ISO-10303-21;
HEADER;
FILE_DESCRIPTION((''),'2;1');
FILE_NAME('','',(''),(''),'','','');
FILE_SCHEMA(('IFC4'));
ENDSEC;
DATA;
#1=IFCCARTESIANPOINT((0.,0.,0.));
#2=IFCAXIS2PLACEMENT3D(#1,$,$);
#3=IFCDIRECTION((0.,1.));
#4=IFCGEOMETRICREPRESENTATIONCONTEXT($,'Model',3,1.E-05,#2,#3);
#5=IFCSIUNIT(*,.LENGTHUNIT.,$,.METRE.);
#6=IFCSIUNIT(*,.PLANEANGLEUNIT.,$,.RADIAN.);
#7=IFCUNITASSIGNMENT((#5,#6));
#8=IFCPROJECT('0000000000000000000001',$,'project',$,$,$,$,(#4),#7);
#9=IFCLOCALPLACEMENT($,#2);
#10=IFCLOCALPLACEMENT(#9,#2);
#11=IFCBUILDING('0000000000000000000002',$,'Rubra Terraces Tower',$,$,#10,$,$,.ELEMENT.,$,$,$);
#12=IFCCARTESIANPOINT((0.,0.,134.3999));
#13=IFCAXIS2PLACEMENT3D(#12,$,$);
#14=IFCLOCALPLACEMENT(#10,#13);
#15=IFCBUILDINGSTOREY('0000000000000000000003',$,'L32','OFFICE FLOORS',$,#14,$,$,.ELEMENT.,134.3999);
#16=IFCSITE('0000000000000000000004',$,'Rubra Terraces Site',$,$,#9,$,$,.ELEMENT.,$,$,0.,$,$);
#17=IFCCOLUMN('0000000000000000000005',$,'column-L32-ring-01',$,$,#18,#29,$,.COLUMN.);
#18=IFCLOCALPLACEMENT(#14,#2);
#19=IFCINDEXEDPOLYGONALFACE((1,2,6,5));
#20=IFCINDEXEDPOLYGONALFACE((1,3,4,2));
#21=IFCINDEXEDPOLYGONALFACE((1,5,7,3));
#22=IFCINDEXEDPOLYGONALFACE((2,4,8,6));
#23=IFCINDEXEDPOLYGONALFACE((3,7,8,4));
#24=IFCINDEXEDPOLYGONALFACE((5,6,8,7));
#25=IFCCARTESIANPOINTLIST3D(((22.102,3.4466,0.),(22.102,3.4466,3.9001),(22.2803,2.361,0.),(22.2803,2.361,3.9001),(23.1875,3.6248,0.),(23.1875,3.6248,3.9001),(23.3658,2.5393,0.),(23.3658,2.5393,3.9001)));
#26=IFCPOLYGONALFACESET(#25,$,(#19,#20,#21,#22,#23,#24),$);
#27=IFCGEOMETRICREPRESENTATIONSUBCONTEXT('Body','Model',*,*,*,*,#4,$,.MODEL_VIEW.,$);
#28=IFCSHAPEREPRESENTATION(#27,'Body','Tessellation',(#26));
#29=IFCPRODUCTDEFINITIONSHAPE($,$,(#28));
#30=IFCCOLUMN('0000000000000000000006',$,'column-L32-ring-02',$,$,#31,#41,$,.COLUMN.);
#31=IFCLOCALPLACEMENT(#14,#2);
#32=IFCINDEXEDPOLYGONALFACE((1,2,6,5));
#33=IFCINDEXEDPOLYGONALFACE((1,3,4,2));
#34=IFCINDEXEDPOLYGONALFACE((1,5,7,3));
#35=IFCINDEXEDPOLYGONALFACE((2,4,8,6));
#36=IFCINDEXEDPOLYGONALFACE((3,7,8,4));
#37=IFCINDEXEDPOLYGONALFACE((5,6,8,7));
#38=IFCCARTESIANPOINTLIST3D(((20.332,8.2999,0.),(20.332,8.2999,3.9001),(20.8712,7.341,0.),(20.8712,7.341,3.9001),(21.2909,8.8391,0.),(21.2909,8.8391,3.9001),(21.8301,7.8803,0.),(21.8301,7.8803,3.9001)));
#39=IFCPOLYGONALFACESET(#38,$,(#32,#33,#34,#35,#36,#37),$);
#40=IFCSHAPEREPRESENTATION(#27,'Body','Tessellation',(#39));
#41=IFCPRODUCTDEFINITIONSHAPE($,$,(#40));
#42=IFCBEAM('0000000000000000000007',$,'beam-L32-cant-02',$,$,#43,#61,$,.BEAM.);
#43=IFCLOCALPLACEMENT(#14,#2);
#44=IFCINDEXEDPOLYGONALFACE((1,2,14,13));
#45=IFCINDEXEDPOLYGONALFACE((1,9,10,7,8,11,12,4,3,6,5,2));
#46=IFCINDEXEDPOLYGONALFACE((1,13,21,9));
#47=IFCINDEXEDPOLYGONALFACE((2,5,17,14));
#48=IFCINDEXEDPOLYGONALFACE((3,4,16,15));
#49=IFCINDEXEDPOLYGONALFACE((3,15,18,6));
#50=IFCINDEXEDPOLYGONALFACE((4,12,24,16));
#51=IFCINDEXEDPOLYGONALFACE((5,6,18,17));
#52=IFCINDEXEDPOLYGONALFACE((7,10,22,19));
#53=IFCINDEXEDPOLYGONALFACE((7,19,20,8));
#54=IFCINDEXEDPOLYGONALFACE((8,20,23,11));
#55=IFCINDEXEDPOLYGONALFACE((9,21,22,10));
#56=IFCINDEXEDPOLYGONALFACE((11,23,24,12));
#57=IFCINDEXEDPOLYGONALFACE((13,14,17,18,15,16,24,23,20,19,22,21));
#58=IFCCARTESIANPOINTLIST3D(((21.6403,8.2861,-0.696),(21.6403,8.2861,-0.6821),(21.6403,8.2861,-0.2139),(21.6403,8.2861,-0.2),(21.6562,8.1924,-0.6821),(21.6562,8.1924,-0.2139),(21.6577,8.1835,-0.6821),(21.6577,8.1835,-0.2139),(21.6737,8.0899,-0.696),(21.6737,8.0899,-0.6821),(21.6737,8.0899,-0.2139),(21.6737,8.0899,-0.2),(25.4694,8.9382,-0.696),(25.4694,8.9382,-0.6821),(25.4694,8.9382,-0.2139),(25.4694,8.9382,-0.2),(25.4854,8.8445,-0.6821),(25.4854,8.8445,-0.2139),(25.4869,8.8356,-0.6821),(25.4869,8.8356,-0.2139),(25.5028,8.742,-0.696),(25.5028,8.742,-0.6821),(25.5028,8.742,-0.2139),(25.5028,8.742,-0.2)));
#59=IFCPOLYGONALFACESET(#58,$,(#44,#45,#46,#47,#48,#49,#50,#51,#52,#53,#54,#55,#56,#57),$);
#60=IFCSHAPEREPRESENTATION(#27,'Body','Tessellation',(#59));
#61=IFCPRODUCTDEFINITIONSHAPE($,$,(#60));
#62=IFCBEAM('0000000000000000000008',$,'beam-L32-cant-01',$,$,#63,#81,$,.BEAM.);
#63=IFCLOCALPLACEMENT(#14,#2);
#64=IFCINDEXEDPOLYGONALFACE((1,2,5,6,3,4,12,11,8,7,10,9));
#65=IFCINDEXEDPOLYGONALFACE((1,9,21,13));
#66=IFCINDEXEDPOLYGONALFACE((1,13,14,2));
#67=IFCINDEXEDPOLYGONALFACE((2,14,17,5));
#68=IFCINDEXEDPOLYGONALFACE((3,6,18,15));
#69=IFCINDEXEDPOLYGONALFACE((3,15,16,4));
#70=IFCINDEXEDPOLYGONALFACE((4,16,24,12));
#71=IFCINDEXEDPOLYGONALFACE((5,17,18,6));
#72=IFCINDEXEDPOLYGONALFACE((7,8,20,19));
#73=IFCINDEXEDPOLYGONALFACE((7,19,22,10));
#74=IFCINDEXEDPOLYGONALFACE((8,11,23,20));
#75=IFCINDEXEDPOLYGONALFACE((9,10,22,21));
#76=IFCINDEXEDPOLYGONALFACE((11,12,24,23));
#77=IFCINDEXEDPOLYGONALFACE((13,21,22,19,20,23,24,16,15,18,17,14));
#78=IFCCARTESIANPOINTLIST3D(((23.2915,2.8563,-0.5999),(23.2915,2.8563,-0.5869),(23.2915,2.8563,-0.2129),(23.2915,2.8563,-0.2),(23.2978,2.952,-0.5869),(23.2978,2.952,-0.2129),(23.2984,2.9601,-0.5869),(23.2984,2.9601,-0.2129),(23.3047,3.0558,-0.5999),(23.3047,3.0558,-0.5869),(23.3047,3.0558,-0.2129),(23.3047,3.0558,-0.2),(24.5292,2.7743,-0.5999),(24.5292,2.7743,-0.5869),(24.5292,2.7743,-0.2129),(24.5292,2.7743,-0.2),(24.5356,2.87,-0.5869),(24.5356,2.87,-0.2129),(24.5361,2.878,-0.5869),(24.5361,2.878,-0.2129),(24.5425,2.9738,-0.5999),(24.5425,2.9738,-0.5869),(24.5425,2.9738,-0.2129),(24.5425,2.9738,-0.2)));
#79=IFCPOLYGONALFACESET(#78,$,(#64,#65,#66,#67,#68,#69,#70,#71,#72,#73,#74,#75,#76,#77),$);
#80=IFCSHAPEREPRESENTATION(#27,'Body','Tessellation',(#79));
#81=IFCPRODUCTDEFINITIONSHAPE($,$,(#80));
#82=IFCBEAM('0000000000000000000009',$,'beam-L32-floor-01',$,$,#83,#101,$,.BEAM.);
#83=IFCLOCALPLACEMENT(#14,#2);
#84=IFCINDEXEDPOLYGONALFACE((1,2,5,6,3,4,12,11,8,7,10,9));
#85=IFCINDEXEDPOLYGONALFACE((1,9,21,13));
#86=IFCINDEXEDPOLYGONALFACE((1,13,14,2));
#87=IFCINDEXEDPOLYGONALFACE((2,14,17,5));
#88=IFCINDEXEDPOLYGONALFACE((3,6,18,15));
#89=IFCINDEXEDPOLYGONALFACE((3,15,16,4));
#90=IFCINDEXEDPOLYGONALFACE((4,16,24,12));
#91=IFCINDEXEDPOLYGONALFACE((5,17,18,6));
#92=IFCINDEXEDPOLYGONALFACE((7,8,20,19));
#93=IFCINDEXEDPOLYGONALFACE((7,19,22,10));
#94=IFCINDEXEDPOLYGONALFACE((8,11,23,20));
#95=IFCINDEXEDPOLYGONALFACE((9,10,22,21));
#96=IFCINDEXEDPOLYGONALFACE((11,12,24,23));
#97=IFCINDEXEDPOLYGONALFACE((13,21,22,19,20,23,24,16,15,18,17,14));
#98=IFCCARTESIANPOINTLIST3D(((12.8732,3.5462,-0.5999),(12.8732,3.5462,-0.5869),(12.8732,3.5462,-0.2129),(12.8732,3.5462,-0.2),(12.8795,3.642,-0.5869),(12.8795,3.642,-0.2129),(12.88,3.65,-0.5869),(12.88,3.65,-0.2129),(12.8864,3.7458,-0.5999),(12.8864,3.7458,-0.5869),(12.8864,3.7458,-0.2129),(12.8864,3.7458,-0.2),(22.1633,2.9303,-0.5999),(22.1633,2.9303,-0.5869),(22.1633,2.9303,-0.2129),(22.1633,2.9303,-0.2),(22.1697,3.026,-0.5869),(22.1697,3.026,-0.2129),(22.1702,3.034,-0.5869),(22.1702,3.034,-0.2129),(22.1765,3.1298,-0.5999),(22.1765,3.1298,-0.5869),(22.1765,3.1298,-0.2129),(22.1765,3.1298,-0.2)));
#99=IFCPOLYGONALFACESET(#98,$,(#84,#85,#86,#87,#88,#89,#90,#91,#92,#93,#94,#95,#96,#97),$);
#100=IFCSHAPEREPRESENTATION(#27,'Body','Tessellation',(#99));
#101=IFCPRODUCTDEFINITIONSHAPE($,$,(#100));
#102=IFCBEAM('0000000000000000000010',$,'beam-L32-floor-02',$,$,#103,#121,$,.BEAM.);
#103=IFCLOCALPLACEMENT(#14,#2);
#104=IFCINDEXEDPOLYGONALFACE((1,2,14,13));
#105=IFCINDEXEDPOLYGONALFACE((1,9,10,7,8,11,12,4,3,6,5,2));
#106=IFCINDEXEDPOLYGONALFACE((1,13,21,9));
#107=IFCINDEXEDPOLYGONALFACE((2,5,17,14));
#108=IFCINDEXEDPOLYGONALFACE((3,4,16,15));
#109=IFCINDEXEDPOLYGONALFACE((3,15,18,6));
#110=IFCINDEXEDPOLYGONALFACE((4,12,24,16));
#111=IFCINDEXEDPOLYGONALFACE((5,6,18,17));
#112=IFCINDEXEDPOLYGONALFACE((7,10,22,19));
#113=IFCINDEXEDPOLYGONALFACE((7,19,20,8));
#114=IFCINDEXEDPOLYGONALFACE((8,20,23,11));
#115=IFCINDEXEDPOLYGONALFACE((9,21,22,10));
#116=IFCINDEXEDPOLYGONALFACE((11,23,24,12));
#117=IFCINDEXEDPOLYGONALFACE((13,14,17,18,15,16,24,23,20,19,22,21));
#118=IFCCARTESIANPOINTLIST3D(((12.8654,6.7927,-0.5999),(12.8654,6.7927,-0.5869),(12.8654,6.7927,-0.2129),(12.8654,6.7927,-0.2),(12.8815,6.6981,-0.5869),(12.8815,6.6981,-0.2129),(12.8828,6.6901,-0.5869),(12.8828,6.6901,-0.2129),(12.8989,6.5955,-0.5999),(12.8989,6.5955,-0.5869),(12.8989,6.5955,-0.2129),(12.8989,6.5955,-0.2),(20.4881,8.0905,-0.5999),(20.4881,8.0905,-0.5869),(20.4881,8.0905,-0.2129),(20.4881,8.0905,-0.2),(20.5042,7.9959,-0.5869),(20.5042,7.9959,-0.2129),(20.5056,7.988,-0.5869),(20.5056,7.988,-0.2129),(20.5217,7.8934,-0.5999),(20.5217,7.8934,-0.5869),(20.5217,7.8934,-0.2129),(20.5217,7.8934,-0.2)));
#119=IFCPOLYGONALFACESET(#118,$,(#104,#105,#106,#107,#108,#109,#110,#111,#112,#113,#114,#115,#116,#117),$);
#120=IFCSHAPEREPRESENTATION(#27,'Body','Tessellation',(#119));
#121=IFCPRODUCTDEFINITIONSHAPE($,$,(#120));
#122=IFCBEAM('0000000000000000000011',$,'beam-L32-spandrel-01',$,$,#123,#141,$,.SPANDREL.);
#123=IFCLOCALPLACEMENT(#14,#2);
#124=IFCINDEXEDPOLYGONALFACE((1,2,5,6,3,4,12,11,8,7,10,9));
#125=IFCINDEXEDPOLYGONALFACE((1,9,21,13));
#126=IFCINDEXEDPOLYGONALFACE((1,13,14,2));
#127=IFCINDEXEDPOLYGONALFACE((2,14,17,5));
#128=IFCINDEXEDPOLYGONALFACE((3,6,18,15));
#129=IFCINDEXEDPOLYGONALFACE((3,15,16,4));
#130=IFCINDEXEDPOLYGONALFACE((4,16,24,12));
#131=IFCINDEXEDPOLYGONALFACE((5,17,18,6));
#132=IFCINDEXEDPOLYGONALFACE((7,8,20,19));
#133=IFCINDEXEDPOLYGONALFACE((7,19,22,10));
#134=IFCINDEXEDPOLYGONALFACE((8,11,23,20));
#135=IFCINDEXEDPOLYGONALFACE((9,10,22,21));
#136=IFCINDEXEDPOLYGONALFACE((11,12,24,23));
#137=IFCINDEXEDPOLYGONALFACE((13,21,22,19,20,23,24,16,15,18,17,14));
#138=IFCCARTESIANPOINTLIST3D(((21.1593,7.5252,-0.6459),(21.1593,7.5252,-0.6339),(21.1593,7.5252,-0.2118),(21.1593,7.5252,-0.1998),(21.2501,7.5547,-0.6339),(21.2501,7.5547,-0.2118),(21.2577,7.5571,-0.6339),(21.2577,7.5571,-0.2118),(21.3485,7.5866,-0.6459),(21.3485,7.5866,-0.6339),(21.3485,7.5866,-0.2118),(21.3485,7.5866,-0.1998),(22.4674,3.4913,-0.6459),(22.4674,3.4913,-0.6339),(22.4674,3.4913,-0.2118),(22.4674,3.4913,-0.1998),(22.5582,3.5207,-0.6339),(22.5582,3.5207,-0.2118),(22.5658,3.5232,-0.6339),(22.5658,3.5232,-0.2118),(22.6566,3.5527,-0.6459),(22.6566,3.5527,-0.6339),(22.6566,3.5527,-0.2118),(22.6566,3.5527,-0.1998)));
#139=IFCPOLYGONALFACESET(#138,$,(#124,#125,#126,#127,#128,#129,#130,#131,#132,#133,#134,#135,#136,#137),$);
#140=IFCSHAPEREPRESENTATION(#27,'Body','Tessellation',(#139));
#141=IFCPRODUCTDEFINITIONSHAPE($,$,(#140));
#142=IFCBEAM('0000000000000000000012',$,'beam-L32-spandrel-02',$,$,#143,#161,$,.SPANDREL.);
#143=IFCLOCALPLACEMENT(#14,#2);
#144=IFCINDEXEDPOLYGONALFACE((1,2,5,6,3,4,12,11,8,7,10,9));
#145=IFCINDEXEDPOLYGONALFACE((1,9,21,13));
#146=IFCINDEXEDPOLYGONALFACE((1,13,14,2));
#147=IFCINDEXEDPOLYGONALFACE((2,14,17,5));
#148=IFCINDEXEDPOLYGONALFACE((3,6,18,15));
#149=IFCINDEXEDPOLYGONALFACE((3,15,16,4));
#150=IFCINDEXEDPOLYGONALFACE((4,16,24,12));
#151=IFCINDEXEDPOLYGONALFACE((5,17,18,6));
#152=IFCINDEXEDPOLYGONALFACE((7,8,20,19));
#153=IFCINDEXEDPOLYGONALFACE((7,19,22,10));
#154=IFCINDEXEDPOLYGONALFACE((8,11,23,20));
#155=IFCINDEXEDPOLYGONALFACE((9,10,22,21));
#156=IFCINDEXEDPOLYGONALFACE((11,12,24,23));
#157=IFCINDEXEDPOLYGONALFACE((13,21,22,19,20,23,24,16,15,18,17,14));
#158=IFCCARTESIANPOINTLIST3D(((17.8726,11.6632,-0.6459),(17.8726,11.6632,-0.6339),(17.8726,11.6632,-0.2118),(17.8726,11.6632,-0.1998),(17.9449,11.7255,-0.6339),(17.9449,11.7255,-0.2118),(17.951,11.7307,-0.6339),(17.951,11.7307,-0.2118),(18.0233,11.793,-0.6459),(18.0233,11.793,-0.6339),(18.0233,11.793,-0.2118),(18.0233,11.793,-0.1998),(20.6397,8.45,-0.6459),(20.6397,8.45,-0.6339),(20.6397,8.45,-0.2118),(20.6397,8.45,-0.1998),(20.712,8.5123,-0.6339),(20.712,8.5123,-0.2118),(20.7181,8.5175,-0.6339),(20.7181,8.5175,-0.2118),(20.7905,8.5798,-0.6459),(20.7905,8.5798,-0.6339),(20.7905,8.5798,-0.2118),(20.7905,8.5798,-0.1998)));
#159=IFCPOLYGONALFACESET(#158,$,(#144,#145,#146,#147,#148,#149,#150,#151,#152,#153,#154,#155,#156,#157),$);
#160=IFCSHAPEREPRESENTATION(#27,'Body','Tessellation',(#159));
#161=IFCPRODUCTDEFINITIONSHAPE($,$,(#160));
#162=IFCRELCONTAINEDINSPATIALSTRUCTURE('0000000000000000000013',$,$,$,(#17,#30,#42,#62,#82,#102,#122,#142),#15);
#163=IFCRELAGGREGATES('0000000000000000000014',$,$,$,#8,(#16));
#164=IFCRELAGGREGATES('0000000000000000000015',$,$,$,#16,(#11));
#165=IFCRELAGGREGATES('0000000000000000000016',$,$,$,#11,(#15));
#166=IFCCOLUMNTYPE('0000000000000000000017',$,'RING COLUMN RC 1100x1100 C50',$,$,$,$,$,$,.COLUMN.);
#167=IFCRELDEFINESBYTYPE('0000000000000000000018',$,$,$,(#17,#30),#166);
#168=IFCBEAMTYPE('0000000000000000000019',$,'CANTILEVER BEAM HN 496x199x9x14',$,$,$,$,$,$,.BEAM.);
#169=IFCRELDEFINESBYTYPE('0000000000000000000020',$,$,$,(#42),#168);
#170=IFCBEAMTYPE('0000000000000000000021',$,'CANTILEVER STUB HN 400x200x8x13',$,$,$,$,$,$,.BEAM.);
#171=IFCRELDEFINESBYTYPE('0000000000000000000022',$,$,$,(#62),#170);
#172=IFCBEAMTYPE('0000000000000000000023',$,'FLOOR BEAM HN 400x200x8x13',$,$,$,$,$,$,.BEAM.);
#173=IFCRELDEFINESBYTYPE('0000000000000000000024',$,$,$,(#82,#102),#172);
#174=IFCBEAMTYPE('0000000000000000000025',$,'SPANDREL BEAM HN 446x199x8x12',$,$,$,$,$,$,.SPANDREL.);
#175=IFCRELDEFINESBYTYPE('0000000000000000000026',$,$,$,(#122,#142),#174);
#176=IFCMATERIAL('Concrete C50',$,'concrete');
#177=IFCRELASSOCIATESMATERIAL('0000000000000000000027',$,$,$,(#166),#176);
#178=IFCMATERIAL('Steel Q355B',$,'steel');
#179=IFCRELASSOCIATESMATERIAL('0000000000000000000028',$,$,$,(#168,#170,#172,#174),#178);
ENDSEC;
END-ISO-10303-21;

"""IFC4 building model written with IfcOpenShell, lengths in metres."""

from ifc_helpers import new_model, si_unit, direction, frame, origin, origin_2d, place, context, subcontext, project, spatial, rectangle, i_section, extrude, material, material_profile, profile_set, type_object, element, save


model = new_model("IFC4")

# Units and contexts
model_context = context("Model", 3, precision=1e-05, world=origin(), true_north=direction((0.0, 1.0)))
body_context = subcontext(model_context, "Body", "Model", "MODEL_VIEW")
ifc_project = project(units=[si_unit("LENGTHUNIT", "METRE"), si_unit("PLANEANGLEUNIT", "RADIAN")], contexts=[model_context])

# Site, building, storey
site_placement = place(None, origin())
site = spatial("IfcSite", under=ifc_project, at=site_placement, Name="Rubra Terraces Site", CompositionType="ELEMENT", RefElevation=0.0)
building_placement = place(site_placement, origin())
building = spatial("IfcBuilding", under=site, at=building_placement, Name="Rubra Terraces Tower", CompositionType="ELEMENT")
storey_placement = place(building_placement, frame((0.0, 0.0, 134.3999)))
storey = spatial("IfcBuildingStorey", under=building, at=storey_placement, Name="L32", Description="OFFICE FLOORS", CompositionType="ELEMENT", Elevation=134.3999)

# Columns
ifc_material_1 = material(Name="Concrete C50", Category="concrete")
ifc_material_profile_1 = material_profile(ifc_material_1, rectangle(XDim=1.1001, YDim=1.1001, at=origin_2d()), Name="RC 1100x1100")
ifc_profile_set_1 = profile_set([ifc_material_profile_1], Name="Concrete C50")
column_type = type_object("IfcColumnType", Name="RING COLUMN RC 1100x1100 C50", PredefinedType="COLUMN", material=ifc_profile_set_1)
for number, where, z_axis, x_axis, name in (
    (1, (22.7339, 2.9929, 0.0), (0.0, 0.0, 1.0), (-0.162062, 0.986781, 0.0), "column-L32-ring-01"),
    (2, (21.0811, 8.0901, 0.0), (0.0, 0.0, 1.0), (-0.490162, 0.871631, 0.0), "column-L32-ring-02"),
):
    element("IfcColumn", number, at=place(storey_placement, frame(where, z_axis=z_axis, x_axis=x_axis)), inside=storey, type_object=column_type, Name=name, PredefinedType="COLUMN", context=body_context, shape_type="SweptSolid", body=[
        extrude(rectangle(XDim=1.1001, YDim=1.1001, at=origin_2d()), origin(), (0.0, 0.0, 1.0), 3.9001),
    ])

# Beams
ifc_material_2 = material(Name="Steel Q355B", Category="steel")
ifc_material_profile_2 = material_profile(ifc_material_2, i_section(OverallWidth=0.199, OverallDepth=0.4961, WebThickness=0.009, FlangeThickness=0.0139, at=origin_2d()), Name="HN 496x199x9x14")
ifc_profile_set_2 = profile_set([ifc_material_profile_2], Name="Steel Q355B")
beam_type_1 = type_object("IfcBeamType", Name="CANTILEVER BEAM HN 496x199x9x14", PredefinedType="BEAM", material=ifc_profile_set_2)
beam_1_placement = place(storey_placement, frame((21.657, 8.188, -0.448), z_axis=(0.985807, 0.167884, 0.0), x_axis=(-0.167884, 0.985807, 0.0)))
element("IfcBeam", 3, at=beam_1_placement, inside=storey, type_object=beam_type_1, Name="beam-L32-cant-02", PredefinedType="BEAM", context=body_context, shape_type="SweptSolid", body=[
    extrude(i_section(OverallWidth=0.199, OverallDepth=0.4961, WebThickness=0.009, FlangeThickness=0.0139, at=origin_2d()), origin(), (0.0, 0.0, 1.0), 3.8843),
])
ifc_material_profile_3 = material_profile(ifc_material_2, i_section(OverallWidth=0.2, OverallDepth=0.3999, WebThickness=0.0081, FlangeThickness=0.0129, at=origin_2d()), Name="HN 400x200x8x13")
ifc_profile_set_3 = profile_set([ifc_material_profile_3], Name="Steel Q355B")
beam_type_2 = type_object("IfcBeamType", Name="CANTILEVER STUB HN 400x200x8x13", PredefinedType="BEAM", material=ifc_profile_set_3)
beam_2_placement = place(storey_placement, frame((23.2981, 2.9561, -0.3999), z_axis=(0.997811, -0.066127, 0.0), x_axis=(0.066127, 0.997811, 0.0)))
element("IfcBeam", 4, at=beam_2_placement, inside=storey, type_object=beam_type_2, Name="beam-L32-cant-01", PredefinedType="BEAM", context=body_context, shape_type="SweptSolid", body=[
    extrude(i_section(OverallWidth=0.2, OverallDepth=0.3999, WebThickness=0.0081, FlangeThickness=0.0129, at=origin_2d()), origin(), (0.0, 0.0, 1.0), 1.2405),
])
ifc_material_profile_4 = material_profile(ifc_material_2, i_section(OverallWidth=0.2, OverallDepth=0.3999, WebThickness=0.0081, FlangeThickness=0.0129, at=origin_2d()), Name="HN 400x200x8x13")
ifc_profile_set_4 = profile_set([ifc_material_profile_4], Name="Steel Q355B")
beam_type_3 = type_object("IfcBeamType", Name="FLOOR BEAM HN 400x200x8x13", PredefinedType="BEAM", material=ifc_profile_set_4)
beam_3_placement = place(storey_placement, frame((22.1699, 3.03, -0.3999), z_axis=(-0.997809, 0.066159, 0.0), x_axis=(-0.066159, -0.997809, 0.0)))
element("IfcBeam", 5, at=beam_3_placement, inside=storey, type_object=beam_type_3, Name="beam-L32-floor-01", PredefinedType="BEAM", context=body_context, shape_type="SweptSolid", body=[
    extrude(i_section(OverallWidth=0.2, OverallDepth=0.3999, WebThickness=0.0081, FlangeThickness=0.0129, at=origin_2d()), origin(), (0.0, 0.0, 1.0), 9.3105),
])
beam_4_placement = place(storey_placement, frame((20.5049, 7.9919, -0.3999), z_axis=(-0.985814, -0.167844, 0.0), x_axis=(0.167844, -0.985814, 0.0)))
element("IfcBeam", 6, at=beam_4_placement, inside=storey, type_object=beam_type_3, Name="beam-L32-floor-02", PredefinedType="BEAM", context=body_context, shape_type="SweptSolid", body=[
    extrude(i_section(OverallWidth=0.2, OverallDepth=0.3999, WebThickness=0.0081, FlangeThickness=0.0129, at=origin_2d()), origin(), (0.0, 0.0, 1.0), 7.7324),
])
ifc_material_profile_5 = material_profile(ifc_material_2, i_section(OverallWidth=0.199, OverallDepth=0.446, WebThickness=0.0081, FlangeThickness=0.012, at=origin_2d()), Name="HN 446x199x8x12")
ifc_profile_set_5 = profile_set([ifc_material_profile_5], Name="Steel Q355B")
beam_type_4 = type_object("IfcBeamType", Name="SPANDREL BEAM HN 446x199x8x12", PredefinedType="SPANDREL", material=ifc_profile_set_5)
beam_5_placement = place(storey_placement, frame((22.562, 3.522, -0.4229), z_axis=(-0.308462, 0.951237, 0.0), x_axis=(-0.951237, -0.308462, 0.0)))
element("IfcBeam", 7, at=beam_5_placement, inside=storey, type_object=beam_type_4, Name="beam-L32-spandrel-01", PredefinedType="SPANDREL", context=body_context, shape_type="SweptSolid", body=[
    extrude(i_section(OverallWidth=0.199, OverallDepth=0.446, WebThickness=0.0081, FlangeThickness=0.012, at=origin_2d()), origin(), (0.0, 0.0, 1.0), 4.2407),
])
beam_6_placement = place(storey_placement, frame((20.7151, 8.5149, -0.4229), z_axis=(-0.652553, 0.757743, 0.0), x_axis=(-0.757743, -0.652553, 0.0)))
element("IfcBeam", 8, at=beam_6_placement, inside=storey, type_object=beam_type_4, Name="beam-L32-spandrel-02", PredefinedType="SPANDREL", context=body_context, shape_type="SweptSolid", body=[
    extrude(i_section(OverallWidth=0.199, OverallDepth=0.446, WebThickness=0.0081, FlangeThickness=0.012, at=origin_2d()), origin(), (0.0, 0.0, 1.0), 4.2405),
])

save(model, "model.ifc")
